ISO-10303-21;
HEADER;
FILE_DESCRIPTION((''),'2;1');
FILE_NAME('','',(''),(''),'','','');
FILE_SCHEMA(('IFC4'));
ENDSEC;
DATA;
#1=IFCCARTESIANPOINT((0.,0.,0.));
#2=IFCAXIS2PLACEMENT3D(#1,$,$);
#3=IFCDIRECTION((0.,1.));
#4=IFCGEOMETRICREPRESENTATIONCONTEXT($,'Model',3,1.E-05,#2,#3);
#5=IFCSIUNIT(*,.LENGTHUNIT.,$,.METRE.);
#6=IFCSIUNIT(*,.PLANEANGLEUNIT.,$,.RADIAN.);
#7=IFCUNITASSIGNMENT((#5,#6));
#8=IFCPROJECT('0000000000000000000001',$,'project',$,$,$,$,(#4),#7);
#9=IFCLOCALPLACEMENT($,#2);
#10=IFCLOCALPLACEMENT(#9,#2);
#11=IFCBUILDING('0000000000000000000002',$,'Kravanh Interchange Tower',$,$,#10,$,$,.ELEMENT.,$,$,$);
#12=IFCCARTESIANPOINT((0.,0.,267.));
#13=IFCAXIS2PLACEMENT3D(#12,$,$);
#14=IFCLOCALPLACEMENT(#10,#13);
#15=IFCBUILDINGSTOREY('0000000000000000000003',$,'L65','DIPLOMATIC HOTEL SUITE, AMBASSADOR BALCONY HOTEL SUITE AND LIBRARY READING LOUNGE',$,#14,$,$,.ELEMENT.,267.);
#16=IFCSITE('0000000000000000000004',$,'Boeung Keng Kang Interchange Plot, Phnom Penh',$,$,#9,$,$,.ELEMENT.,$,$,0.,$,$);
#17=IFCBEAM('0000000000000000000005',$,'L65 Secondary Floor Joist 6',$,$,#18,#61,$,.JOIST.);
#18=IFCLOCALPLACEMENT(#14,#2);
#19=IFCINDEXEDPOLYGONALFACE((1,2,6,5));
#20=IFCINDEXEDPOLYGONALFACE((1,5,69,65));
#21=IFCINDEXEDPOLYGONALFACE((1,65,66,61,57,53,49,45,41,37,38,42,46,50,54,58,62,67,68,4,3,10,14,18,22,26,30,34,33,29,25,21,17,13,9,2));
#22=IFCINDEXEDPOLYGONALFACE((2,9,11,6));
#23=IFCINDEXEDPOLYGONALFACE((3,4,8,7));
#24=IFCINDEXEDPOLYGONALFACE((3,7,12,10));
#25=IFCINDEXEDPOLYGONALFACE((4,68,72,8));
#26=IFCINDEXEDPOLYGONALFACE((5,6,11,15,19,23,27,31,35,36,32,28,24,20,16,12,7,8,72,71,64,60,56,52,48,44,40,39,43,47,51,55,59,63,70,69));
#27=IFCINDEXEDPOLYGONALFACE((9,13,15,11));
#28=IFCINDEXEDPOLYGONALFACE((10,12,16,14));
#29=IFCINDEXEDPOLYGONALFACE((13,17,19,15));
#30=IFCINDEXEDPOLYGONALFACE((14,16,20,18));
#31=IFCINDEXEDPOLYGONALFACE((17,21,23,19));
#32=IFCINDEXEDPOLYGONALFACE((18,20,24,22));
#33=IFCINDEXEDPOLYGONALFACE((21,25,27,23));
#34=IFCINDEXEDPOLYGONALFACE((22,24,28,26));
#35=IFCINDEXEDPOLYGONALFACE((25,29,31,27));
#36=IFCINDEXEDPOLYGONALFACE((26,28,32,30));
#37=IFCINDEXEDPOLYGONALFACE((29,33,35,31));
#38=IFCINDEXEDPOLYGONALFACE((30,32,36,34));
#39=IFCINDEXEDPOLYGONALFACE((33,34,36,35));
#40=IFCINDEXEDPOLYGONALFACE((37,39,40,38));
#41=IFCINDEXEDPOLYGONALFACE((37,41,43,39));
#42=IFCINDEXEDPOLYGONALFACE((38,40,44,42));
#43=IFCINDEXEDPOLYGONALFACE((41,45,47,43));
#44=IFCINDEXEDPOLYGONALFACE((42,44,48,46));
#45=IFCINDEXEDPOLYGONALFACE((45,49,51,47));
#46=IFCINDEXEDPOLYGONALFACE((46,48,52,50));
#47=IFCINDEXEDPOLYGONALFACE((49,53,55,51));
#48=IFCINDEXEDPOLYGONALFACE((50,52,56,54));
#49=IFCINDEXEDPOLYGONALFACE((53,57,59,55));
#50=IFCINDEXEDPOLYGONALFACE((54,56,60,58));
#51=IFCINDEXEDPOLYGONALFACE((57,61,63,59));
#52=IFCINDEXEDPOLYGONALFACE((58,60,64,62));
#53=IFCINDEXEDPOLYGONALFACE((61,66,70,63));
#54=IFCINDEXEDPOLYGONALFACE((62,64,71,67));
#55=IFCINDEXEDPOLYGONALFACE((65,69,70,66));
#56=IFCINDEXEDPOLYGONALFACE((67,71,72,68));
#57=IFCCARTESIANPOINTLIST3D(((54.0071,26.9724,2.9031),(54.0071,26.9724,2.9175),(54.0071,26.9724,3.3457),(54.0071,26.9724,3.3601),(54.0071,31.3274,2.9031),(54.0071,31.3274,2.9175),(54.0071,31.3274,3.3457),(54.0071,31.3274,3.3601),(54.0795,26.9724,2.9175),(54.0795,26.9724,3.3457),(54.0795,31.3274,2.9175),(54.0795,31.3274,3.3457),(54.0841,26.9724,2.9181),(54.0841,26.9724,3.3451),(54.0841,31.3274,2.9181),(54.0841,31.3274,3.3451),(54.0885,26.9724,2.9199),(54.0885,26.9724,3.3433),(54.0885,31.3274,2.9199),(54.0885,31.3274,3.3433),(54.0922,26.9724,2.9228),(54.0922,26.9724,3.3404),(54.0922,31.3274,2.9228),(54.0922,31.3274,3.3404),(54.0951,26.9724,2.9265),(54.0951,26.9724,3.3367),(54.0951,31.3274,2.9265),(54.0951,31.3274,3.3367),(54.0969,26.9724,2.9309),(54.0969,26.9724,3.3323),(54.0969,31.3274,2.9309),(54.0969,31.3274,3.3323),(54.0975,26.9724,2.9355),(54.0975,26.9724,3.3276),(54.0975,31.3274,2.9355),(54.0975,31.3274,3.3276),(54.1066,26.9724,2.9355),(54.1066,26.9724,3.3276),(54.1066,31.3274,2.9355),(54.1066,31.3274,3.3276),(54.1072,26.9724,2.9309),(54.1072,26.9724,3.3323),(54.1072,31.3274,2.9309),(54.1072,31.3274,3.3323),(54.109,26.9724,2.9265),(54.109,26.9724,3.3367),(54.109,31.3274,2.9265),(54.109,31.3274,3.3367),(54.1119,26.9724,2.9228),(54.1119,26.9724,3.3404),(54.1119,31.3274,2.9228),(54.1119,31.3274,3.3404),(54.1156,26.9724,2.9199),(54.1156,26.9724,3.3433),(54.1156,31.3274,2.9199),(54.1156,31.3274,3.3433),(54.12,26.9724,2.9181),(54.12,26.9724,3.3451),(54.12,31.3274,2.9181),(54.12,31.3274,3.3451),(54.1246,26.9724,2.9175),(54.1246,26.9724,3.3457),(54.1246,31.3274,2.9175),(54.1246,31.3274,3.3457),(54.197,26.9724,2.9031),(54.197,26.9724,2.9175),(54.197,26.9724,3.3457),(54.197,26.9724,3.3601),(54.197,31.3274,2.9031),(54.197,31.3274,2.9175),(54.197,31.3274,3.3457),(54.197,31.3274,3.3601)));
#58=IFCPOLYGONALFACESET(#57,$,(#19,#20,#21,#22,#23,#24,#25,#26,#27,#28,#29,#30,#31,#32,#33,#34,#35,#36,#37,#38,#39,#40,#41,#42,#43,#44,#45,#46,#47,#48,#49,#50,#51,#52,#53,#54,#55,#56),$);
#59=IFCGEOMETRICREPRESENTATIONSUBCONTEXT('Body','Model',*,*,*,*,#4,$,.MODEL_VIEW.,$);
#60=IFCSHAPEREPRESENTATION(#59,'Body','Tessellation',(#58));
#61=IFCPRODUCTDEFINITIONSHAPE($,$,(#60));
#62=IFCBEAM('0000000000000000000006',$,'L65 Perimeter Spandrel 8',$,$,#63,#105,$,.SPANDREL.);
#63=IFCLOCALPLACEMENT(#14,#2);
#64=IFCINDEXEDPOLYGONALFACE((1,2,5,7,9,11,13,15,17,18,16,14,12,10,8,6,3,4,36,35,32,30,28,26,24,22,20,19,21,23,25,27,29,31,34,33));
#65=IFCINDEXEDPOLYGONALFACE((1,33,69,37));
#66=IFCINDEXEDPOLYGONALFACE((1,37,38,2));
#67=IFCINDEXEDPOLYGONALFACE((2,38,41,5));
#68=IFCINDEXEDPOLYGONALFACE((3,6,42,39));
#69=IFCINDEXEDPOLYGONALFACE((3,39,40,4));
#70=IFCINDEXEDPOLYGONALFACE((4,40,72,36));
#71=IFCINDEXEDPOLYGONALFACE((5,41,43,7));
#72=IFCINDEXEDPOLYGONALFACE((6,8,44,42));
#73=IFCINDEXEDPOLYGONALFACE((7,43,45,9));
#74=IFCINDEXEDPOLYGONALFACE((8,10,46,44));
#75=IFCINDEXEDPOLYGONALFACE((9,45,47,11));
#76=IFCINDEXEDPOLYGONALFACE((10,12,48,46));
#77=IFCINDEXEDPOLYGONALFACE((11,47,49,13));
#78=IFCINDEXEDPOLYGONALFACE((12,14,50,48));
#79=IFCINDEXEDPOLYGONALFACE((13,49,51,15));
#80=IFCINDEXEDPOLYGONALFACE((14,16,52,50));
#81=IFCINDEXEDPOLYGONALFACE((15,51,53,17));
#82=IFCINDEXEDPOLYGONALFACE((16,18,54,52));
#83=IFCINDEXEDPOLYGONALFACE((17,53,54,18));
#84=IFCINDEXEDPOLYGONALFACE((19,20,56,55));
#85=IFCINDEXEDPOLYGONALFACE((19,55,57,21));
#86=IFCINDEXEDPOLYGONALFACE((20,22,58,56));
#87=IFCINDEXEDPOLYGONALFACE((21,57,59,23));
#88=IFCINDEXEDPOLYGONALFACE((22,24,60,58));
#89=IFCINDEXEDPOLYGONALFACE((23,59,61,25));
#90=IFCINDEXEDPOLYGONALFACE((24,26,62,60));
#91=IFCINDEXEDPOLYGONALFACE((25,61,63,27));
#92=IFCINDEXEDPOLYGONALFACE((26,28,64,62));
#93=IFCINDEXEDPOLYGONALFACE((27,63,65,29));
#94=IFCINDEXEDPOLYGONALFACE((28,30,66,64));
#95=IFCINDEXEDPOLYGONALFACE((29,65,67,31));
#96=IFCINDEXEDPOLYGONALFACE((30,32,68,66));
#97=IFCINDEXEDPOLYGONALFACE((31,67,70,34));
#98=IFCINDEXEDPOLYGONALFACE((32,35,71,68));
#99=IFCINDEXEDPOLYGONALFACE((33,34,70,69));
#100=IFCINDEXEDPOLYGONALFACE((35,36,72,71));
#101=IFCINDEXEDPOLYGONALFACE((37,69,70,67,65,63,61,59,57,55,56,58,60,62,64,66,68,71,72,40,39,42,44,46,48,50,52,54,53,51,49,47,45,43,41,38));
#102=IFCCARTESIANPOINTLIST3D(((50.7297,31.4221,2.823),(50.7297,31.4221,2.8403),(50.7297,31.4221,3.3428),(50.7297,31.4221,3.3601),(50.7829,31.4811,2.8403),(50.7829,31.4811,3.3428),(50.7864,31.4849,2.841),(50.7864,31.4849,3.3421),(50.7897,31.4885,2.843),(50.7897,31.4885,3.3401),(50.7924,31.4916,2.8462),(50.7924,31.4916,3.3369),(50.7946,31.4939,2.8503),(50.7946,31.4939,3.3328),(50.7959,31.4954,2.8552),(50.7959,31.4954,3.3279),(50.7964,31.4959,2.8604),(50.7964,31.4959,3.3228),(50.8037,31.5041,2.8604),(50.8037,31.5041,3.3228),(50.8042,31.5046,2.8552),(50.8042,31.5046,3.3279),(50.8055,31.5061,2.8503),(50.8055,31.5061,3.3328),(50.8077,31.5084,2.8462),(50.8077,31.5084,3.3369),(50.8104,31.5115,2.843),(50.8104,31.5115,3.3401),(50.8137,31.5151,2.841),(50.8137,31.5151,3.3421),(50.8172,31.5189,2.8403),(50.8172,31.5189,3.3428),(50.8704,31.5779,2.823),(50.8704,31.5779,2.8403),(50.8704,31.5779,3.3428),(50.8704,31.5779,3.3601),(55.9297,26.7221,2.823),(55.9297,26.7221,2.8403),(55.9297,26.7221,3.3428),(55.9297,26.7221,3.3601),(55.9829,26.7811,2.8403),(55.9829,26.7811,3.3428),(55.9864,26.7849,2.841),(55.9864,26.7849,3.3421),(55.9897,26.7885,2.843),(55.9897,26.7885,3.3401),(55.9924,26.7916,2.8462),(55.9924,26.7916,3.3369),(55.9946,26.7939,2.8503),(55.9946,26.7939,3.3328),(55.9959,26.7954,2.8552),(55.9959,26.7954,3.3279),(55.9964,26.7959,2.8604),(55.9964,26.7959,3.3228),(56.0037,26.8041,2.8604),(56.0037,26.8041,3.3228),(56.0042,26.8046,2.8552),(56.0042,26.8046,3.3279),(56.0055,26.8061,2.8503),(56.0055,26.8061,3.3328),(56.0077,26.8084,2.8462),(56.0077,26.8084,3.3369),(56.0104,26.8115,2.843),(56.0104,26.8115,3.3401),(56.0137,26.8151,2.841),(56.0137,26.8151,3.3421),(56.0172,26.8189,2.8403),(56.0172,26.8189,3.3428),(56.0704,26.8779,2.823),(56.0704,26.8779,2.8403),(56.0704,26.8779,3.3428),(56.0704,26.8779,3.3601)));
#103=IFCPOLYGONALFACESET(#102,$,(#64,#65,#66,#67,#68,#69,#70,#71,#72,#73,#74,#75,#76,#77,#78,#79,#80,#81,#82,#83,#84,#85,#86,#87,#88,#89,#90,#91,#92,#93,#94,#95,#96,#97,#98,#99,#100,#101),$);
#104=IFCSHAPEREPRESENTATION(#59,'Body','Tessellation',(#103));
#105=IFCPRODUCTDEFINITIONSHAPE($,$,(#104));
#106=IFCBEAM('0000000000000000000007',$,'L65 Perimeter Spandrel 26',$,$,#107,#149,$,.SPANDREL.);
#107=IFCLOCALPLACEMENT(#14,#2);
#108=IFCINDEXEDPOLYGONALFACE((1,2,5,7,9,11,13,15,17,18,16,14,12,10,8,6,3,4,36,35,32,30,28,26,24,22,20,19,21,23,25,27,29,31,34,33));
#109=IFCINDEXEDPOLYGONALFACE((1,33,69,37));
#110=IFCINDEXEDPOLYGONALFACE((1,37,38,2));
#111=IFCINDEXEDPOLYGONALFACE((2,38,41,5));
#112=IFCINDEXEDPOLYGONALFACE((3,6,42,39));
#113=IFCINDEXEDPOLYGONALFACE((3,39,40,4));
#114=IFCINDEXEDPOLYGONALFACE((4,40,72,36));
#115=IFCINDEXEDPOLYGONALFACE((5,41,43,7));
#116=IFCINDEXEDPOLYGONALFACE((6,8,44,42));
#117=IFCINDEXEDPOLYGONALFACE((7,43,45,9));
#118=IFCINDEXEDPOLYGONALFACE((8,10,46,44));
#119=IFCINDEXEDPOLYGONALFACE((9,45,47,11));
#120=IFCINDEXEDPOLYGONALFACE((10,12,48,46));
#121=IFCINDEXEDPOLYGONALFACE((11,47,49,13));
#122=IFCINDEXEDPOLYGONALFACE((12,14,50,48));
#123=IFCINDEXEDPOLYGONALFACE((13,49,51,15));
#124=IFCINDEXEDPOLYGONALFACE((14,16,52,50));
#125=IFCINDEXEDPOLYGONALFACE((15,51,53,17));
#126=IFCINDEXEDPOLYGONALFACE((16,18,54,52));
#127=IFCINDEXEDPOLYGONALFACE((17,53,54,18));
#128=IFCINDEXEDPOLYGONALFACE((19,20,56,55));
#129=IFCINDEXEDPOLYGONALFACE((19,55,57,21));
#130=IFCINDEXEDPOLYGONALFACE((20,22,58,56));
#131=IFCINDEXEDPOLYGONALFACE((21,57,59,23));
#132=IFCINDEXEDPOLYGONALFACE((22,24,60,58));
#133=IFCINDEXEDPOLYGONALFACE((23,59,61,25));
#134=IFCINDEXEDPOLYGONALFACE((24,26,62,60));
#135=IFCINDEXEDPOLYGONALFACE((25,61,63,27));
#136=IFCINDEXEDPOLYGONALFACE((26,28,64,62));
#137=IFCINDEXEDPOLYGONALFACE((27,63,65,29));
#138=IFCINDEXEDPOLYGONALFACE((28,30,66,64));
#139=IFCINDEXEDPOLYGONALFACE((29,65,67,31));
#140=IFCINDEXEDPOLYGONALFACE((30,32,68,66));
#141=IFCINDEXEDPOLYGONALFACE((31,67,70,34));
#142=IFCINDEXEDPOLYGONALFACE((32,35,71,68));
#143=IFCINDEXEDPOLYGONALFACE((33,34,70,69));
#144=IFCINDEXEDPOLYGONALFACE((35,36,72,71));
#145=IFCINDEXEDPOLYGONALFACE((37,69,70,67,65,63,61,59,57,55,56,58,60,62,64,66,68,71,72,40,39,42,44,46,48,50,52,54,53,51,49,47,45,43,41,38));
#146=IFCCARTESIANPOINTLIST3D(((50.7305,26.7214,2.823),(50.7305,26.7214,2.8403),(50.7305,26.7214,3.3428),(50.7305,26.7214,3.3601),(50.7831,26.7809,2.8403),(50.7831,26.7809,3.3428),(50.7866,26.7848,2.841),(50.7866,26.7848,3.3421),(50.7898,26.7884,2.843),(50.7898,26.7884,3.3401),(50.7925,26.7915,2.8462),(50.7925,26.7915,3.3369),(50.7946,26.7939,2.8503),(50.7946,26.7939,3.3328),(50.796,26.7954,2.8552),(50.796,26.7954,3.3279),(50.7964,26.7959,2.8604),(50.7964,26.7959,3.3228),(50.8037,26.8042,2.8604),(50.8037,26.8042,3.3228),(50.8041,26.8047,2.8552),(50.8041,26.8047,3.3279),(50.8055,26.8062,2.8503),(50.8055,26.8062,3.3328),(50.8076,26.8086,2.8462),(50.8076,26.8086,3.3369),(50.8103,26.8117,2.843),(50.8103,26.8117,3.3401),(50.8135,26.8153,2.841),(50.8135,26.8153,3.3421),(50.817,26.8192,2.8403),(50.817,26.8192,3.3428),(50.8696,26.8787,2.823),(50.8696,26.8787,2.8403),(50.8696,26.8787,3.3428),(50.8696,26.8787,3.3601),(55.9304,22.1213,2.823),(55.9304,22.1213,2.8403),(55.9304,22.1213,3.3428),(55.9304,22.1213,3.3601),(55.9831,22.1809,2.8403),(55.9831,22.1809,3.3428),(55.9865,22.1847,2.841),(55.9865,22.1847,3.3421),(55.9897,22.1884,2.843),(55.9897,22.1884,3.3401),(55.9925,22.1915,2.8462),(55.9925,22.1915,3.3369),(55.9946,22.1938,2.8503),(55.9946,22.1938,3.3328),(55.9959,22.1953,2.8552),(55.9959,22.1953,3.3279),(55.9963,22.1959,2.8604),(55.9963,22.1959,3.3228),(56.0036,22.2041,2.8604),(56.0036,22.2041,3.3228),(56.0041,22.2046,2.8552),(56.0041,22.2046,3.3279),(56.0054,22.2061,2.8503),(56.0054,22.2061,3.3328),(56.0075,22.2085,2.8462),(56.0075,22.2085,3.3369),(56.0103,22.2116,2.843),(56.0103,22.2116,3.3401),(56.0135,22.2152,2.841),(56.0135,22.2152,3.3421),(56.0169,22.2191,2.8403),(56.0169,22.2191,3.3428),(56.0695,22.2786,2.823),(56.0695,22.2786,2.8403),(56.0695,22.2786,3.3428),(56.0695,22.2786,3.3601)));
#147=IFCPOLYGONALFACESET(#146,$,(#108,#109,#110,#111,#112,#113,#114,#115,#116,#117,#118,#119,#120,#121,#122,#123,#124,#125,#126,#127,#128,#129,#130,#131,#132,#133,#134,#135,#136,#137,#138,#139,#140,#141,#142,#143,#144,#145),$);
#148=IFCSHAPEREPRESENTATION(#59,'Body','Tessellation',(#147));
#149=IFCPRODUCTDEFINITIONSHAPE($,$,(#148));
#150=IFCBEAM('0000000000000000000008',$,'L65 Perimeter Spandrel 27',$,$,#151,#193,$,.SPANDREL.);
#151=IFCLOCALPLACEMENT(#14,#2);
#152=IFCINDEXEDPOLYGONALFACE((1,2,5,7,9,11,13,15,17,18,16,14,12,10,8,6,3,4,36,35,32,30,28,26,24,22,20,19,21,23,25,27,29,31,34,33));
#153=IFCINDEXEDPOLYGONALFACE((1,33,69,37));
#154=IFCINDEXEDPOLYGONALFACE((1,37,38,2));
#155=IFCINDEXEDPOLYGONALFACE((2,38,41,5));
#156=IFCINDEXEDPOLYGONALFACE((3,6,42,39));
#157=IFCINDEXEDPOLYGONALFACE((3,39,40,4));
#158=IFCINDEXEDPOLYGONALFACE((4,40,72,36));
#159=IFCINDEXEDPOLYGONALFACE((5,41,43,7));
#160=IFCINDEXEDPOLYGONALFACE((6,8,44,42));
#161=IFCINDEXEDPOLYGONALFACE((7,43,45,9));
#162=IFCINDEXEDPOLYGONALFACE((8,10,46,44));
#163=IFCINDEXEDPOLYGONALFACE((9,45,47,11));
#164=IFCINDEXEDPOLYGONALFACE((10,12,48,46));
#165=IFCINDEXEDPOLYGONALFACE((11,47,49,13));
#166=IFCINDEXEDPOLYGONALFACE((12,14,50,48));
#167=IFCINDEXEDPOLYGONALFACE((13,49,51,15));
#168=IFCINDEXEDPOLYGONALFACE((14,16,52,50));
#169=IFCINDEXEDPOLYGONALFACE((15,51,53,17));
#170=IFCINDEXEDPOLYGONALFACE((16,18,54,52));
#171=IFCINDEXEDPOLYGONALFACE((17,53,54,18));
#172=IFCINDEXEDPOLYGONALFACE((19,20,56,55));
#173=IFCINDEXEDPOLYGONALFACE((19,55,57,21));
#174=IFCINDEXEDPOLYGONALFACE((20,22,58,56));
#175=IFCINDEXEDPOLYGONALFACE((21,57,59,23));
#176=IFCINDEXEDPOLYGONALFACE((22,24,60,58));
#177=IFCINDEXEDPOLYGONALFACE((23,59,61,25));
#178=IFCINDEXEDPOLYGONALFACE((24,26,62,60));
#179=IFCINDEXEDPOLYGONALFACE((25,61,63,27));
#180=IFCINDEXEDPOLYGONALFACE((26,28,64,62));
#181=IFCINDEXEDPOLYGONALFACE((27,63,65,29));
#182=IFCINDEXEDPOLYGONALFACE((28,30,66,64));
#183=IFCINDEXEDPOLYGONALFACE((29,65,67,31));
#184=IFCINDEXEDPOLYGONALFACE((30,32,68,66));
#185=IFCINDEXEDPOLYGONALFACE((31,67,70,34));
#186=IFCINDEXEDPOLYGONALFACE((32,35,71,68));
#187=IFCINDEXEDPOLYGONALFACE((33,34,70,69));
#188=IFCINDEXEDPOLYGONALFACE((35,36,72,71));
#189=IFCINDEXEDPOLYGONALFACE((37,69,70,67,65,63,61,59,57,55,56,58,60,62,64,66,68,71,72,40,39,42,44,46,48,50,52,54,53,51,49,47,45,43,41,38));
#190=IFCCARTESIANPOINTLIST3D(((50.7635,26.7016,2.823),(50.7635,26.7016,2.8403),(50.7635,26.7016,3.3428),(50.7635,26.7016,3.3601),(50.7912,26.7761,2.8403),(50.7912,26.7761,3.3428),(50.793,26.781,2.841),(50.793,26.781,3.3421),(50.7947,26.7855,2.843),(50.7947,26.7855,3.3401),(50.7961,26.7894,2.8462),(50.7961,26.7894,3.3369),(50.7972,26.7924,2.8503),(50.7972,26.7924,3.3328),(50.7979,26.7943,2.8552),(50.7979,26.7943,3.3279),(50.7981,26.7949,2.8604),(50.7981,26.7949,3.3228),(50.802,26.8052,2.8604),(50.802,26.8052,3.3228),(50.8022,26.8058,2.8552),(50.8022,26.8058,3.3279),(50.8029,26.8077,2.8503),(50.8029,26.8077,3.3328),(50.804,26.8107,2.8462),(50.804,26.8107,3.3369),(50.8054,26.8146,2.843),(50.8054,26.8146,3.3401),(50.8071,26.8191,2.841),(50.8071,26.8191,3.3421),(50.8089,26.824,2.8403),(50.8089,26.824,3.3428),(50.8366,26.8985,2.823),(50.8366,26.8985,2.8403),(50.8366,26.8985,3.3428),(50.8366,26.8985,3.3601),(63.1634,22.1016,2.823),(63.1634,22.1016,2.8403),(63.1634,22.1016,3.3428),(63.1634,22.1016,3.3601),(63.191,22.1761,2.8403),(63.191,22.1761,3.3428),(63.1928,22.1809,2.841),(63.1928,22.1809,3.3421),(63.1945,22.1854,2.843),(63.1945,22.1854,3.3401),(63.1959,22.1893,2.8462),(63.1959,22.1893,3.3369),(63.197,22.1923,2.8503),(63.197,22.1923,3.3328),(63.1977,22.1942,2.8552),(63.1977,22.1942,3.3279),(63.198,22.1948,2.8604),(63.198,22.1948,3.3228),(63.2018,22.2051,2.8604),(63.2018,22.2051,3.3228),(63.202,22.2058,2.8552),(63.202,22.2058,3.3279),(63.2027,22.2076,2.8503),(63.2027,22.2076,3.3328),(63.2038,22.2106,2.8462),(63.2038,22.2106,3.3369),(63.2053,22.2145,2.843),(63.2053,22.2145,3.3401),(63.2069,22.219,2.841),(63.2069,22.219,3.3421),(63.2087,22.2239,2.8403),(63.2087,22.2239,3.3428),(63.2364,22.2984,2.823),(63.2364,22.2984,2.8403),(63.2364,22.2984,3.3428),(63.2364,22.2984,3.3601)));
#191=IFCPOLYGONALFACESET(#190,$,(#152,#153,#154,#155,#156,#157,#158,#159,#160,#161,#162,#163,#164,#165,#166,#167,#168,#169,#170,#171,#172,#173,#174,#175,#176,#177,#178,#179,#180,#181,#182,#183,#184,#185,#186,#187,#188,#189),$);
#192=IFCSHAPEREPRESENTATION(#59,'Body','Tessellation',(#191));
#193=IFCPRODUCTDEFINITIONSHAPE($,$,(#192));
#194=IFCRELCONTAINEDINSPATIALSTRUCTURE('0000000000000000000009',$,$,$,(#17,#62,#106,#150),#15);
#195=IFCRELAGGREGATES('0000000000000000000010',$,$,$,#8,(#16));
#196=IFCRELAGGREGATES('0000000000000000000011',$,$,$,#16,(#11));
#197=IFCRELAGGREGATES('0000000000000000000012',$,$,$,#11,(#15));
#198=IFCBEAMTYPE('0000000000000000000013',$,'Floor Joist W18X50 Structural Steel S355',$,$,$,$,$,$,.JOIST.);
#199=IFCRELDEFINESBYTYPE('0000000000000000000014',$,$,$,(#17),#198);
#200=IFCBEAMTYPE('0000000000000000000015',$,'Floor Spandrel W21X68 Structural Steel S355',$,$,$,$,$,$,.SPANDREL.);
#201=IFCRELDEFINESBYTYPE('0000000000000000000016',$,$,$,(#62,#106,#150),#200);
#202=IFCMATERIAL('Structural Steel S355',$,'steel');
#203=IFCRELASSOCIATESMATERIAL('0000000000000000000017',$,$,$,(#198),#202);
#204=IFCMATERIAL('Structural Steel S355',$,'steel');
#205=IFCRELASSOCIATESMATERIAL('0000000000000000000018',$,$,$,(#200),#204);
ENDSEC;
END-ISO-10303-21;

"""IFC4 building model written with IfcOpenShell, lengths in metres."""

from ifc_helpers import new_model, si_unit, direction, frame, origin, origin_2d, place, context, subcontext, project, spatial, i_section, extrude, material, material_profile, profile_set, type_object, element, save


model = new_model("IFC4")

# Units and contexts
model_context = context("Model", 3, precision=1e-05, world=origin(), true_north=direction((0.0, 1.0)))
body_context = subcontext(model_context, "Body", "Model", "MODEL_VIEW")
ifc_project = project(units=[si_unit("LENGTHUNIT", "METRE"), si_unit("PLANEANGLEUNIT", "RADIAN")], contexts=[model_context])

# Site, building, storey
site_placement = place(None, origin())
site = spatial("IfcSite", under=ifc_project, at=site_placement, Name="Boeung Keng Kang Interchange Plot, Phnom Penh", CompositionType="ELEMENT", RefElevation=0.0)
building_placement = place(site_placement, origin())
building = spatial("IfcBuilding", under=site, at=building_placement, Name="Kravanh Interchange Tower", CompositionType="ELEMENT")
storey_placement = place(building_placement, frame((0.0, 0.0, 267.0)))
storey = spatial("IfcBuildingStorey", under=building, at=storey_placement, Name="L65", Description="DIPLOMATIC HOTEL SUITE, AMBASSADOR BALCONY HOTEL SUITE AND LIBRARY READING LOUNGE", CompositionType="ELEMENT", Elevation=267.0)

# Beams
ifc_material_1 = material(Name="Structural Steel S355", Category="steel")
ifc_material_profile_1 = material_profile(ifc_material_1, i_section(OverallWidth=0.1899, OverallDepth=0.457, WebThickness=0.009, FlangeThickness=0.0144, FilletRadius=0.0181, at=origin_2d()), Name="W18X50")
ifc_profile_set_1 = profile_set([ifc_material_profile_1], Name="Structural Steel S355")
beam_type_1 = type_object("IfcBeamType", Name="Floor Joist W18X50 Structural Steel S355", PredefinedType="JOIST", material=ifc_profile_set_1)
for number, where, z_axis, x_axis, name in (
    (1, (54.1021, 26.9724, 3.1316), (0.0, 1.0, 0.0), (-1.0, 0.0, 0.0), "L65 Secondary Floor Joist 6"),
):
    element("IfcBeam", number, at=place(storey_placement, frame(where, z_axis=z_axis, x_axis=x_axis)), inside=storey, type_object=beam_type_1, Name=name, PredefinedType="JOIST", context=body_context, shape_type="SweptSolid", body=[
        extrude(i_section(OverallWidth=0.1899, OverallDepth=0.457, WebThickness=0.009, FlangeThickness=0.0144, FilletRadius=0.0181, at=origin_2d()), origin(), (0.0, 0.0, 1.0), 4.355),
    ])
ifc_material_2 = material(Name="Structural Steel S355", Category="steel")
ifc_material_profile_2 = material_profile(ifc_material_2, i_section(OverallWidth=0.21, OverallDepth=0.5371, WebThickness=0.011, FlangeThickness=0.0173, FilletRadius=0.02, at=origin_2d()), Name="W21X68")
ifc_profile_set_2 = profile_set([ifc_material_profile_2], Name="Structural Steel S355")
beam_type_2 = type_object("IfcBeamType", Name="Floor Spandrel W21X68 Structural Steel S355", PredefinedType="SPANDREL", material=ifc_profile_set_2)
beam_1_placement = place(storey_placement, frame((50.8, 31.5, 3.0916), z_axis=(0.741874, -0.670539, 0.0), x_axis=(0.670539, 0.741874, 0.0)))
element("IfcBeam", 2, at=beam_1_placement, inside=storey, type_object=beam_type_2, Name="L65 Perimeter Spandrel 8", PredefinedType="SPANDREL", context=body_context, shape_type="SweptSolid", body=[
    extrude(i_section(OverallWidth=0.21, OverallDepth=0.5371, WebThickness=0.011, FlangeThickness=0.0173, FilletRadius=0.02, at=origin_2d()), origin(), (0.0, 0.0, 1.0), 7.0093),
])
beam_2_placement = place(storey_placement, frame((50.8, 26.8, 3.0916), z_axis=(0.748986, -0.662585, 0.0), x_axis=(0.662585, 0.748986, 0.0)))
element("IfcBeam", 3, at=beam_2_placement, inside=storey, type_object=beam_type_2, Name="L65 Perimeter Spandrel 26", PredefinedType="SPANDREL", context=body_context, shape_type="SweptSolid", body=[
    extrude(i_section(OverallWidth=0.21, OverallDepth=0.5371, WebThickness=0.011, FlangeThickness=0.0173, FilletRadius=0.02, at=origin_2d()), origin(), (0.0, 0.0, 1.0), 6.9426),
])
beam_3_placement = place(storey_placement, frame((50.8, 26.8, 3.0916), z_axis=(0.937563, -0.347816, 0.0), x_axis=(0.347816, 0.937563, 0.0)))
element("IfcBeam", 4, at=beam_3_placement, inside=storey, type_object=beam_type_2, Name="L65 Perimeter Spandrel 27", PredefinedType="SPANDREL", context=body_context, shape_type="SweptSolid", body=[
    extrude(i_section(OverallWidth=0.21, OverallDepth=0.5371, WebThickness=0.011, FlangeThickness=0.0173, FilletRadius=0.02, at=origin_2d()), origin(), (0.0, 0.0, 1.0), 13.2256),
])

save(model, "model.ifc")
